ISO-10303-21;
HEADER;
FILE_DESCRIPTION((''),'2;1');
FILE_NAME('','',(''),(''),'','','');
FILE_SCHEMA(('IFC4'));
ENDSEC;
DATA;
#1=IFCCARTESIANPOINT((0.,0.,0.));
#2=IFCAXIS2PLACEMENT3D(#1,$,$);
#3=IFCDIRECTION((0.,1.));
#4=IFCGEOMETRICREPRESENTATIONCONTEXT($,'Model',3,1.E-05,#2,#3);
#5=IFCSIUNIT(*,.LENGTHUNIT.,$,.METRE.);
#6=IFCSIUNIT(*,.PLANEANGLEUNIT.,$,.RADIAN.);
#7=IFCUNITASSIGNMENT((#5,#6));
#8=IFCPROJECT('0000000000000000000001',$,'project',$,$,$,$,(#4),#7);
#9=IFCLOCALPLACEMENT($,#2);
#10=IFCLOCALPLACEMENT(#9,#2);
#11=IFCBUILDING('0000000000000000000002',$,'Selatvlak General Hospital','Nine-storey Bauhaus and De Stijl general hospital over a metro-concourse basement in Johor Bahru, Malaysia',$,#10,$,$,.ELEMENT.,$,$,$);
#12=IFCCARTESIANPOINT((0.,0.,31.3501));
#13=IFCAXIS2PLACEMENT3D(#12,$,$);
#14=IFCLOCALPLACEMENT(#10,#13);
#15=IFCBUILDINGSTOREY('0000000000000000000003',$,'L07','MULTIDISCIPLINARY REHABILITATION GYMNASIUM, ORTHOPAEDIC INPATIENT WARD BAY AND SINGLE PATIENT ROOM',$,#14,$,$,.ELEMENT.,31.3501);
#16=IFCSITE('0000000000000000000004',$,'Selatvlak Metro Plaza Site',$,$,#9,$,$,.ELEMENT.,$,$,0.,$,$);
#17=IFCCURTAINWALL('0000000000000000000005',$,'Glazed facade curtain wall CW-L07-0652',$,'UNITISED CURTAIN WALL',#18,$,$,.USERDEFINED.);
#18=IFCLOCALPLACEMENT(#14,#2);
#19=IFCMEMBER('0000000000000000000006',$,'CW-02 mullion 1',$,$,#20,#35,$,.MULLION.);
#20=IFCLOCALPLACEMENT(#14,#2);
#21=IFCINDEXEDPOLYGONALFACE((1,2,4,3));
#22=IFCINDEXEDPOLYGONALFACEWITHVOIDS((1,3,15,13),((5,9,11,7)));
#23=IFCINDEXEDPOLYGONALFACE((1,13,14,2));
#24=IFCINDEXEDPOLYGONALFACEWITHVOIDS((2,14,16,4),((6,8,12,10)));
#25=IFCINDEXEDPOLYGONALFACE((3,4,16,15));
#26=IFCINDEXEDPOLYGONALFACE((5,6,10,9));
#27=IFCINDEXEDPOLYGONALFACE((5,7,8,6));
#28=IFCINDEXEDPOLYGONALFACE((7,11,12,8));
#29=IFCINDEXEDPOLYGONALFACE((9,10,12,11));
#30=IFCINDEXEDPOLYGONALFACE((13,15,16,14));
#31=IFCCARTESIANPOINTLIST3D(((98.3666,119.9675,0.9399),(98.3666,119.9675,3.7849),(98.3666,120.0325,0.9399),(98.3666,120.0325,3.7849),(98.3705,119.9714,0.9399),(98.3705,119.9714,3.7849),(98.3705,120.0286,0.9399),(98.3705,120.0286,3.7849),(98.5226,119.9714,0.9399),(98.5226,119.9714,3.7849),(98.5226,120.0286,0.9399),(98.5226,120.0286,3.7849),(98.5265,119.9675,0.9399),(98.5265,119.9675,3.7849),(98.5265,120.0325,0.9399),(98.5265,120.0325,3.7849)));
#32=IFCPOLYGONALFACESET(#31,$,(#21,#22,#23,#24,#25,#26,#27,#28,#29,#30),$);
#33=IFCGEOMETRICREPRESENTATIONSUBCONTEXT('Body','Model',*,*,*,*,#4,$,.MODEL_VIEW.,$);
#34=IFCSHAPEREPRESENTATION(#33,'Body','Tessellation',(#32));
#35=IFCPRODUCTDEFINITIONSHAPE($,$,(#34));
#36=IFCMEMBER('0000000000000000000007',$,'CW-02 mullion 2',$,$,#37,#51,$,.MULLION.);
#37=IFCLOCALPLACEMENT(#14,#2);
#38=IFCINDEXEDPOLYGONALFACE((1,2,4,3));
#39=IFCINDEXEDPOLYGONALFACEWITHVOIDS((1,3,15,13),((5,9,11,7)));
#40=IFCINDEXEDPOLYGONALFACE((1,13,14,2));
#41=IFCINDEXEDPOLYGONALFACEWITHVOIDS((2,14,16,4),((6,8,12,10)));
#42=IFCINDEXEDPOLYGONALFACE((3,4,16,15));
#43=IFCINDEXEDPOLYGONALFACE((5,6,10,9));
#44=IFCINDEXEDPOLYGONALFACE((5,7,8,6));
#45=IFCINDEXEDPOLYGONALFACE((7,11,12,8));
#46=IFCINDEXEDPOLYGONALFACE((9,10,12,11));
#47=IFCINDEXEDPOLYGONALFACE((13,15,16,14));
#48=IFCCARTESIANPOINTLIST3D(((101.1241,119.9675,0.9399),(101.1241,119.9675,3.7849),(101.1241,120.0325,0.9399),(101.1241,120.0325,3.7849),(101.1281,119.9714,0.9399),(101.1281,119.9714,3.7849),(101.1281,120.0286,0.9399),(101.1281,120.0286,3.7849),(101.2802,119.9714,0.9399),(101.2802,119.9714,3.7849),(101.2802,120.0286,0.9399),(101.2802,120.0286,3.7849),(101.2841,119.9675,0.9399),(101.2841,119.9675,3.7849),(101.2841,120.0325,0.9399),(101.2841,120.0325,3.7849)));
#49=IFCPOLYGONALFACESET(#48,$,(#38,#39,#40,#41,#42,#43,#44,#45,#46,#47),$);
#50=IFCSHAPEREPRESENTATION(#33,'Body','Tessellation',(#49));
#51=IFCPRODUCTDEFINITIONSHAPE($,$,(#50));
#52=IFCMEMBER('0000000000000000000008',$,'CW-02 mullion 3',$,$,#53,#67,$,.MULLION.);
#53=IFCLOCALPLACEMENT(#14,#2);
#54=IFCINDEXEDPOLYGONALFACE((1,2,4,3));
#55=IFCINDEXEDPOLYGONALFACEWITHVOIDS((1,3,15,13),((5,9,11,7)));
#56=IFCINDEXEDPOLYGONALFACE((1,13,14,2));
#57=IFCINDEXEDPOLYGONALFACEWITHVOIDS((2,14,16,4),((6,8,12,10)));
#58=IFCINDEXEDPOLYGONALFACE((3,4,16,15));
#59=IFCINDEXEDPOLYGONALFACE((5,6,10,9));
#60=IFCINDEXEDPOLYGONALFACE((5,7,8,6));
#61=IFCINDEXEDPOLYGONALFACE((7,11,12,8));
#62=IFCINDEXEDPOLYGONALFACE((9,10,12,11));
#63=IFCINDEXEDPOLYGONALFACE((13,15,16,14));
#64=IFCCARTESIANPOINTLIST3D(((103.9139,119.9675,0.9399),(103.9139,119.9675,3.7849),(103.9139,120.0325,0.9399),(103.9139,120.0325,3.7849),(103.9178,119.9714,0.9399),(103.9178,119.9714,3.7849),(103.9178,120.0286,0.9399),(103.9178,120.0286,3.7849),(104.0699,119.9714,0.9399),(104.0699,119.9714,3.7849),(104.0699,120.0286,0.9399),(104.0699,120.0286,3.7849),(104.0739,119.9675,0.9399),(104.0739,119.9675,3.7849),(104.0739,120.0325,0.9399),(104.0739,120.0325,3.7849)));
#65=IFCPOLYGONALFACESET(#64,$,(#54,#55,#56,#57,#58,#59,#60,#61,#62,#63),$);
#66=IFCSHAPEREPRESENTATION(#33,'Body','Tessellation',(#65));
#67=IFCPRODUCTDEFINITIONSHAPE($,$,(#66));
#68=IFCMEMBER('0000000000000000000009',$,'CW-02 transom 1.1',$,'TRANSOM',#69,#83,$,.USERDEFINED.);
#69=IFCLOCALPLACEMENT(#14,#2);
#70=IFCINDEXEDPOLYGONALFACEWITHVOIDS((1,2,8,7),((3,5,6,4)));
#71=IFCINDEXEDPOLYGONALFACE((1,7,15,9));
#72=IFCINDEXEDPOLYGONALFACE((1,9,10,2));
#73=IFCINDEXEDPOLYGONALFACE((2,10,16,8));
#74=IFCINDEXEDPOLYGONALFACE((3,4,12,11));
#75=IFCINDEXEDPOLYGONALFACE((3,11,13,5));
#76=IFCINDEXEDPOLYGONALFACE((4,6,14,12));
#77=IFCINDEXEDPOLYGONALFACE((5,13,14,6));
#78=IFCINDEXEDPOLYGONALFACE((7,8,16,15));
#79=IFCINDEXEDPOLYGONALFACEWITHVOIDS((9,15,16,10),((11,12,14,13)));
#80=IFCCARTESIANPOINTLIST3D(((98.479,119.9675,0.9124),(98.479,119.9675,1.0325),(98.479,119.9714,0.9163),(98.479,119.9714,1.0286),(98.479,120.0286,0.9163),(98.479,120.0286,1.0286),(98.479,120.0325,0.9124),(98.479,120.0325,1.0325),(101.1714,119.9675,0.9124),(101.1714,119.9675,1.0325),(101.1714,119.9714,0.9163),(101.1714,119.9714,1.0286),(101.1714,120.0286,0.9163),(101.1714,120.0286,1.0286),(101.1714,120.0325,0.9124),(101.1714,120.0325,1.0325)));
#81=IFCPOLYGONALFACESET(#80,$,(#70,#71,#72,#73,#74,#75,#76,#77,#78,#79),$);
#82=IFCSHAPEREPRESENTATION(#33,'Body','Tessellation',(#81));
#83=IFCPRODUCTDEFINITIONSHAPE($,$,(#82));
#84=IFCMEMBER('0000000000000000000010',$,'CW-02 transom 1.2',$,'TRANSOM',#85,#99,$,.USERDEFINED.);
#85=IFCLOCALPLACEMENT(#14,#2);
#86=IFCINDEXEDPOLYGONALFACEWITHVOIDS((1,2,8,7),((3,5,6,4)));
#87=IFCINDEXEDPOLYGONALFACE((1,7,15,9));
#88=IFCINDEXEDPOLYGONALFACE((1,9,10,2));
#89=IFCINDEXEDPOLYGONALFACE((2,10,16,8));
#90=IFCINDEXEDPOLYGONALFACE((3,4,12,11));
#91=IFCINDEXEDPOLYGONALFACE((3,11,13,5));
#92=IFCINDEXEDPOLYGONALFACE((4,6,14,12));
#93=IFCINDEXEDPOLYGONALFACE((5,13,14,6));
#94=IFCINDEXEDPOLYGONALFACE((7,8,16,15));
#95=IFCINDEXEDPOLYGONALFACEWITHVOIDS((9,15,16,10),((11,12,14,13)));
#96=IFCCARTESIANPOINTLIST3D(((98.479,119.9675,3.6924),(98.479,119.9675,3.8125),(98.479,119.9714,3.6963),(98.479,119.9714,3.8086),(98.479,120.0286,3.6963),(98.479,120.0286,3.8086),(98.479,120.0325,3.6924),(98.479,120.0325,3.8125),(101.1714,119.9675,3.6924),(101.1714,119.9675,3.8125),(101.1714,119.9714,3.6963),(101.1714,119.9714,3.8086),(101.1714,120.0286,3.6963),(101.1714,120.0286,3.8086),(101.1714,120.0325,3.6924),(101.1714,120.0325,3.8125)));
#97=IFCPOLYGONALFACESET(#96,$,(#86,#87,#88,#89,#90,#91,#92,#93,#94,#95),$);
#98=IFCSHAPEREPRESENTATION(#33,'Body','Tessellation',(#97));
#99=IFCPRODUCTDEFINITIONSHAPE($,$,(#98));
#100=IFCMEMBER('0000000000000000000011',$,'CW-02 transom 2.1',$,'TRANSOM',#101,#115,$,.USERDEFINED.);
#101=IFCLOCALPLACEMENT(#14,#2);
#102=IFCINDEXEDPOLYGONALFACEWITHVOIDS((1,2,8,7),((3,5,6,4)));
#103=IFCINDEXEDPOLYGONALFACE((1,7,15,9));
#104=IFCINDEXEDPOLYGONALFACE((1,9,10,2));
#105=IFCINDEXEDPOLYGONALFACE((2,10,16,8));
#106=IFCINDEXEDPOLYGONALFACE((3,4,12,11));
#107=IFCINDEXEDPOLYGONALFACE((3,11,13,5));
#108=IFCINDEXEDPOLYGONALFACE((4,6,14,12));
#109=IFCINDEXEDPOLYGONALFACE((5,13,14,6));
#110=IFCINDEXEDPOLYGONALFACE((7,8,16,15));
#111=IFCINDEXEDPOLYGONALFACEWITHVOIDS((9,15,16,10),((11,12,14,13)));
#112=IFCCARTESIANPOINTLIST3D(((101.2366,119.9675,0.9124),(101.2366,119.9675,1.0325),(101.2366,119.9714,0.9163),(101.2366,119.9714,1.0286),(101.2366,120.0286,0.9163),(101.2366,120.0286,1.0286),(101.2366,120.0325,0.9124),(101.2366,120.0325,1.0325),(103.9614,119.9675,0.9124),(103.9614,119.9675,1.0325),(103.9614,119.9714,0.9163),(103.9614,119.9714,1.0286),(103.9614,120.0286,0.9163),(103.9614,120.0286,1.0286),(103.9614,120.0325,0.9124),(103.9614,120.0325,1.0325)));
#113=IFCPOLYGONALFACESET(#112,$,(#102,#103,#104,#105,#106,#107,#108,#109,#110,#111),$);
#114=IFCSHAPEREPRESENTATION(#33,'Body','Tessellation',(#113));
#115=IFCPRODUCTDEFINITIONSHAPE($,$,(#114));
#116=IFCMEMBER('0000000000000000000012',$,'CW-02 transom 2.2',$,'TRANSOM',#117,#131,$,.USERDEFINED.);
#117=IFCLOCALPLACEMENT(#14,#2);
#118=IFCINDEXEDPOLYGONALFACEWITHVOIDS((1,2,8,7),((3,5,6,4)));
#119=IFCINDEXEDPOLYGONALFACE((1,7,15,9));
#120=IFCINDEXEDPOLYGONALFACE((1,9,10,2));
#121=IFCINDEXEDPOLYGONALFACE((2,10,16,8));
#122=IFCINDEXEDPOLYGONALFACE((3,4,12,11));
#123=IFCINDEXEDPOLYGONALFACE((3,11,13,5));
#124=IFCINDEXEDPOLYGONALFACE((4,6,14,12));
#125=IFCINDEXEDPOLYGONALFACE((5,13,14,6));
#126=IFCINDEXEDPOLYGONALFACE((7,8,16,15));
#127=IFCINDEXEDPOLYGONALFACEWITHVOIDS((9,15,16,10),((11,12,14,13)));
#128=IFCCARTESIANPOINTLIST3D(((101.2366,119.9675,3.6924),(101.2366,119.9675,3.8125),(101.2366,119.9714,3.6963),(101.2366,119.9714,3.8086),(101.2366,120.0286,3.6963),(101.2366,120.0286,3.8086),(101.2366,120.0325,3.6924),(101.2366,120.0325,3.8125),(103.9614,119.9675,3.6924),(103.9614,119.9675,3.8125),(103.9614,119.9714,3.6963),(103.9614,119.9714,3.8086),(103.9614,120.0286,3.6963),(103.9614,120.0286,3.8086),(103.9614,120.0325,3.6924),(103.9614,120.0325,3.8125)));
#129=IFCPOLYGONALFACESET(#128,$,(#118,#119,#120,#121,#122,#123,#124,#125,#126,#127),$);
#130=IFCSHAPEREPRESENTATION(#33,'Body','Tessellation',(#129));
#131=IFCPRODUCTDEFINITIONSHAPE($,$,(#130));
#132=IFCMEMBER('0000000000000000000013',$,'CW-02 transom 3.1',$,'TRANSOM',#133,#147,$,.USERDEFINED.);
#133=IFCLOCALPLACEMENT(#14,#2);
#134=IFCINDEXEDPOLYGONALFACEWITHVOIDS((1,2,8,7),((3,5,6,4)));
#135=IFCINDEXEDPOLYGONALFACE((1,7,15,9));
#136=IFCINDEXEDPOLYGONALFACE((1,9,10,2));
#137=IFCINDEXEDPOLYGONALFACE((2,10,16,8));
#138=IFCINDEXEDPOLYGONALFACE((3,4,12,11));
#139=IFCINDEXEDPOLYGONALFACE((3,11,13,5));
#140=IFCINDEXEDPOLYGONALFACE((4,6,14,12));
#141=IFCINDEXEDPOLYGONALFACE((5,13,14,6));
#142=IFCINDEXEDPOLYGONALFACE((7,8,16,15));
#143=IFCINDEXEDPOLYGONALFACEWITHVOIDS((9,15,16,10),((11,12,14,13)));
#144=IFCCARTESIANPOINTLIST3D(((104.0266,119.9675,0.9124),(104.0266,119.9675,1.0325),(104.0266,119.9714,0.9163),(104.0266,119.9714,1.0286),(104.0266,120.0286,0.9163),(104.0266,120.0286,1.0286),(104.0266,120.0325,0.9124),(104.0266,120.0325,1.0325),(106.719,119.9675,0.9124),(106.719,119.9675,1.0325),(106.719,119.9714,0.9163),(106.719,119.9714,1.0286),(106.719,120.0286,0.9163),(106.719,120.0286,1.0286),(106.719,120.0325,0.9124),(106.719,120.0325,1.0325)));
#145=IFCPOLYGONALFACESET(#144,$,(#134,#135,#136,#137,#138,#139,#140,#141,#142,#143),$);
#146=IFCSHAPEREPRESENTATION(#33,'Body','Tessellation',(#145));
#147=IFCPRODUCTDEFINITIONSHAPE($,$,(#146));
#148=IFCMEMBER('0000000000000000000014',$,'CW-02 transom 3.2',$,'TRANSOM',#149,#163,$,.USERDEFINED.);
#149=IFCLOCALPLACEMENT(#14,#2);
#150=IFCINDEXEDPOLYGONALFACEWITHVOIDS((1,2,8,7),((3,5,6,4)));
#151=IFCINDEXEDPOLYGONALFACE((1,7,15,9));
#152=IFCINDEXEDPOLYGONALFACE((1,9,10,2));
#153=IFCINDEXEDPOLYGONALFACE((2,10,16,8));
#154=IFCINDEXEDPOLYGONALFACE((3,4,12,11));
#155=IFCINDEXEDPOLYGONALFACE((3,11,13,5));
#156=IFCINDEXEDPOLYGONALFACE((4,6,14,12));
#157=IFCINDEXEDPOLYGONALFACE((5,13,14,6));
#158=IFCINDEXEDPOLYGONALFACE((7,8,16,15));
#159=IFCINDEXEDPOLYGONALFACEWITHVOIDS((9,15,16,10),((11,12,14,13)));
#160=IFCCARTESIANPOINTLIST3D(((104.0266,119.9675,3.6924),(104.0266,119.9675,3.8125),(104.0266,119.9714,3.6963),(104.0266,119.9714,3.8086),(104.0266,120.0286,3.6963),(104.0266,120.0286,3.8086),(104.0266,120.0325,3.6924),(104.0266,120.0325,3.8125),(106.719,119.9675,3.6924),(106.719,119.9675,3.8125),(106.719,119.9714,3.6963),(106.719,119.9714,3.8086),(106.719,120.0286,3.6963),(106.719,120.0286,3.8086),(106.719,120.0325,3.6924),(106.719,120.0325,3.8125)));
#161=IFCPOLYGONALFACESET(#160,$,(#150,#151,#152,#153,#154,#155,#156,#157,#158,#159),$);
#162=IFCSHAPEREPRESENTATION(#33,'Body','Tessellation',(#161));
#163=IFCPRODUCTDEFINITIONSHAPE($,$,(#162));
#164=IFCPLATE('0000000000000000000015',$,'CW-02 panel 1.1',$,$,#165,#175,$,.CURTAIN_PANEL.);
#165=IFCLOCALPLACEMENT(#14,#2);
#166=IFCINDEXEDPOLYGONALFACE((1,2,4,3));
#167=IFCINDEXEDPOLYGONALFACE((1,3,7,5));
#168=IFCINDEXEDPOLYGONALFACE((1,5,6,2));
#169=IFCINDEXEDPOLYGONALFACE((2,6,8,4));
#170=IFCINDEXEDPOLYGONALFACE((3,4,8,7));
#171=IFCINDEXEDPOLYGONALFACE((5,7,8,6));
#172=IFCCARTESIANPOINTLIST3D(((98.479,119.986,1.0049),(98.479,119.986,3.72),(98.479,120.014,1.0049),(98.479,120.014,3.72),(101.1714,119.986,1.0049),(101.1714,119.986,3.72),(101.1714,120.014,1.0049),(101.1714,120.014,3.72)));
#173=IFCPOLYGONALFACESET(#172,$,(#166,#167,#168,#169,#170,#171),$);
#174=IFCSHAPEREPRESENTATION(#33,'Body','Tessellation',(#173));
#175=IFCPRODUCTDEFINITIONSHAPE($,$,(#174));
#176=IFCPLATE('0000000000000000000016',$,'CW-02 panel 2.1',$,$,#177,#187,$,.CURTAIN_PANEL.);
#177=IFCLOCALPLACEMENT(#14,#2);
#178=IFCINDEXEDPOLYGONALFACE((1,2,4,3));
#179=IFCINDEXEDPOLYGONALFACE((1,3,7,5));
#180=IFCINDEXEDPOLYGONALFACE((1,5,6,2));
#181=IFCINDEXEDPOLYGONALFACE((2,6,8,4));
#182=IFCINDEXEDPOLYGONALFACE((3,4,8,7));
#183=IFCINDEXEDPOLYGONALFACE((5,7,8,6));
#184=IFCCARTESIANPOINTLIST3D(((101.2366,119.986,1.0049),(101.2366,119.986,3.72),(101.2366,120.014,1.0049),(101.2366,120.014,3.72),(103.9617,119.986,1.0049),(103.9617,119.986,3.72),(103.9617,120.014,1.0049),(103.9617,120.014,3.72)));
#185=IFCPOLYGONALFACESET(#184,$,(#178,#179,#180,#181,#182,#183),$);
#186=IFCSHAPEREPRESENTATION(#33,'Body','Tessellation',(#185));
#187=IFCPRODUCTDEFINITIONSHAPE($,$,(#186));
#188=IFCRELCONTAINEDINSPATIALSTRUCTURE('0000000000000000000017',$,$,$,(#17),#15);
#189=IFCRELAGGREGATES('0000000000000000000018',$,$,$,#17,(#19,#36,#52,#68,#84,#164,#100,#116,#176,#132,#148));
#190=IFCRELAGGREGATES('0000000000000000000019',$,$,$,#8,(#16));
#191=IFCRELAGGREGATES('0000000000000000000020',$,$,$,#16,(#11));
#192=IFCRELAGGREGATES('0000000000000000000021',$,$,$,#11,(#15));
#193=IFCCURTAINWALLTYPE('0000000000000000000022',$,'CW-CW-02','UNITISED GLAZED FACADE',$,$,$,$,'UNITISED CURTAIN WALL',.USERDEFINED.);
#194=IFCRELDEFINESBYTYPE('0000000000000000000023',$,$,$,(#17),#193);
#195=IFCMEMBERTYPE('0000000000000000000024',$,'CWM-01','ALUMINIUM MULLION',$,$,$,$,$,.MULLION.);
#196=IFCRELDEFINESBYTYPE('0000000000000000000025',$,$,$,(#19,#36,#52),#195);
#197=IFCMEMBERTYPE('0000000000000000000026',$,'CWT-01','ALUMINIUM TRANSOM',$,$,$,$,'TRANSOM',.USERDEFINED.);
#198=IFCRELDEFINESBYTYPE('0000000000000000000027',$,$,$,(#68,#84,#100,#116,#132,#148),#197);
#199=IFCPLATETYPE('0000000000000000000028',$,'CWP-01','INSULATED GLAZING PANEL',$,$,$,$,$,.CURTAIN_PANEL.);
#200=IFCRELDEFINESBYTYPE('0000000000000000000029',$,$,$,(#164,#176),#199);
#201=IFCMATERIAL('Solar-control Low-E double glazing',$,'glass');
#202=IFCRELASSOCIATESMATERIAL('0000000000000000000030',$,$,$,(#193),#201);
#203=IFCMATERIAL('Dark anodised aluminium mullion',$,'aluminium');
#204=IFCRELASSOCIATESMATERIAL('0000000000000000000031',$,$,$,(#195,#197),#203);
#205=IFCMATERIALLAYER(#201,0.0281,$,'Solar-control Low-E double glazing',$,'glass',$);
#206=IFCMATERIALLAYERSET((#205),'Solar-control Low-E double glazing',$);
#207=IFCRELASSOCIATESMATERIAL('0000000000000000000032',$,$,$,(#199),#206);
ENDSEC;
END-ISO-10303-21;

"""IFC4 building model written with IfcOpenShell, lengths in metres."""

from ifc_helpers import new_model, si_unit, direction, frame, origin, origin_2d, place, context, subcontext, project, spatial, rectangle, hollow_rectangle, extrude, material, layer, layer_set, material_profile, profile_set, type_object, element, aggregate, save


model = new_model("IFC4")

# Units and contexts
model_context = context("Model", 3, precision=1e-05, world=origin(), true_north=direction((0.0, 1.0)))
body_context = subcontext(model_context, "Body", "Model", "MODEL_VIEW")
ifc_project = project(units=[si_unit("LENGTHUNIT", "METRE"), si_unit("PLANEANGLEUNIT", "RADIAN")], contexts=[model_context])

# Site, building, storey
site_placement = place(None, origin())
site = spatial("IfcSite", under=ifc_project, at=site_placement, Name="Selatvlak Metro Plaza Site", CompositionType="ELEMENT", RefElevation=0.0)
building_placement = place(site_placement, origin())
building = spatial("IfcBuilding", under=site, at=building_placement, Name="Selatvlak General Hospital", Description="Nine-storey Bauhaus and De Stijl general hospital over a metro-concourse basement in Johor Bahru, Malaysia", CompositionType="ELEMENT")
storey_placement = place(building_placement, frame((0.0, 0.0, 31.3501)))
storey = spatial("IfcBuildingStorey", under=building, at=storey_placement, Name="L07", Description="MULTIDISCIPLINARY REHABILITATION GYMNASIUM, ORTHOPAEDIC INPATIENT WARD BAY AND SINGLE PATIENT ROOM", CompositionType="ELEMENT", Elevation=31.3501)

# Curtain wall, members, plates
ifc_material_1 = material(Name="Solar-control Low-E double glazing", Category="glass")
curtain_wall_type = type_object("IfcCurtainWallType", Name="CW-CW-02", Description="UNITISED GLAZED FACADE", ElementType="UNITISED CURTAIN WALL", PredefinedType="USERDEFINED", material=ifc_material_1)
curtain_wall_placement = place(storey_placement, origin())
curtain_wall = element("IfcCurtainWall", 1, at=curtain_wall_placement, inside=storey, type_object=curtain_wall_type, Name="Glazed facade curtain wall CW-L07-0652", ObjectType="UNITISED CURTAIN WALL", PredefinedType="USERDEFINED")
ifc_material_2 = material(Name="Dark anodised aluminium mullion", Category="aluminium")
ifc_material_profile_1 = material_profile(ifc_material_2, hollow_rectangle(XDim=0.0649, YDim=0.1599, WallThickness=0.0039, at=origin_2d()), Name="AL-MUL 65x160x4")
ifc_profile_set_1 = profile_set([ifc_material_profile_1], Name="Dark anodised aluminium mullion")
member_type_1 = type_object("IfcMemberType", Name="CWM-01", Description="ALUMINIUM MULLION", PredefinedType="MULLION", material=ifc_profile_set_1)
member_1_placement = place(storey_placement, frame((98.4465, 120.0, 0.9399), z_axis=(0.0, 0.0, 1.0), x_axis=(0.0, 1.0, 0.0)))
member_1 = element("IfcMember", 2, at=member_1_placement, type_object=member_type_1, Name="CW-02 mullion 1", PredefinedType="MULLION", context=body_context, shape_type="SweptSolid", body=[
    extrude(hollow_rectangle(XDim=0.0649, YDim=0.1599, WallThickness=0.0039, at=origin_2d()), origin(), (0.0, 0.0, 1.0), 2.845),
])
member_2_placement = place(storey_placement, frame((101.2041, 120.0, 0.9399), z_axis=(0.0, 0.0, 1.0), x_axis=(0.0, 1.0, 0.0)))
member_2 = element("IfcMember", 3, at=member_2_placement, type_object=member_type_1, Name="CW-02 mullion 2", PredefinedType="MULLION", context=body_context, shape_type="SweptSolid", body=[
    extrude(hollow_rectangle(XDim=0.0649, YDim=0.1599, WallThickness=0.0039, at=origin_2d()), origin(), (0.0, 0.0, 1.0), 2.845),
])
member_3_placement = place(storey_placement, frame((103.9939, 120.0, 0.9399), z_axis=(0.0, 0.0, 1.0), x_axis=(0.0, 1.0, 0.0)))
member_3 = element("IfcMember", 4, at=member_3_placement, type_object=member_type_1, Name="CW-02 mullion 3", PredefinedType="MULLION", context=body_context, shape_type="SweptSolid", body=[
    extrude(hollow_rectangle(XDim=0.0649, YDim=0.1599, WallThickness=0.0039, at=origin_2d()), origin(), (0.0, 0.0, 1.0), 2.845),
])
ifc_material_profile_2 = material_profile(ifc_material_2, hollow_rectangle(XDim=0.0649, YDim=0.1201, WallThickness=0.0039, at=origin_2d()), Name="AL-TRN 65x120x4")
ifc_profile_set_2 = profile_set([ifc_material_profile_2], Name="Dark anodised aluminium mullion")
member_type_2 = type_object("IfcMemberType", Name="CWT-01", Description="ALUMINIUM TRANSOM", ElementType="TRANSOM", PredefinedType="USERDEFINED", material=ifc_profile_set_2)
member_4_placement = place(storey_placement, frame((98.479, 120.0, 0.9724), z_axis=(1.0, 0.0, 0.0), x_axis=(0.0, 1.0, 0.0)))
member_4 = element("IfcMember", 5, at=member_4_placement, type_object=member_type_2, Name="CW-02 transom 1.1", ObjectType="TRANSOM", PredefinedType="USERDEFINED", context=body_context, shape_type="SweptSolid", body=[
    extrude(hollow_rectangle(XDim=0.0649, YDim=0.1201, WallThickness=0.0039, at=origin_2d()), origin(), (0.0, 0.0, 1.0), 2.6924),
])
member_5_placement = place(storey_placement, frame((98.479, 120.0, 3.7524), z_axis=(1.0, 0.0, 0.0), x_axis=(0.0, 1.0, 0.0)))
member_5 = element("IfcMember", 6, at=member_5_placement, type_object=member_type_2, Name="CW-02 transom 1.2", ObjectType="TRANSOM", PredefinedType="USERDEFINED", context=body_context, shape_type="SweptSolid", body=[
    extrude(hollow_rectangle(XDim=0.0649, YDim=0.1201, WallThickness=0.0039, at=origin_2d()), origin(), (0.0, 0.0, 1.0), 2.6924),
])
member_6_placement = place(storey_placement, frame((101.2366, 120.0, 0.9724), z_axis=(1.0, 0.0, 0.0), x_axis=(0.0, 1.0, 0.0)))
member_6 = element("IfcMember", 7, at=member_6_placement, type_object=member_type_2, Name="CW-02 transom 2.1", ObjectType="TRANSOM", PredefinedType="USERDEFINED", context=body_context, shape_type="SweptSolid", body=[
    extrude(hollow_rectangle(XDim=0.0649, YDim=0.1201, WallThickness=0.0039, at=origin_2d()), origin(), (0.0, 0.0, 1.0), 2.7249),
])
member_7_placement = place(storey_placement, frame((101.2366, 120.0, 3.7524), z_axis=(1.0, 0.0, 0.0), x_axis=(0.0, 1.0, 0.0)))
member_7 = element("IfcMember", 8, at=member_7_placement, type_object=member_type_2, Name="CW-02 transom 2.2", ObjectType="TRANSOM", PredefinedType="USERDEFINED", context=body_context, shape_type="SweptSolid", body=[
    extrude(hollow_rectangle(XDim=0.0649, YDim=0.1201, WallThickness=0.0039, at=origin_2d()), origin(), (0.0, 0.0, 1.0), 2.7249),
])
member_8_placement = place(storey_placement, frame((104.0266, 120.0, 0.9724), z_axis=(1.0, 0.0, 0.0), x_axis=(0.0, 1.0, 0.0)))
member_8 = element("IfcMember", 9, at=member_8_placement, type_object=member_type_2, Name="CW-02 transom 3.1", ObjectType="TRANSOM", PredefinedType="USERDEFINED", context=body_context, shape_type="SweptSolid", body=[
    extrude(hollow_rectangle(XDim=0.0649, YDim=0.1201, WallThickness=0.0039, at=origin_2d()), origin(), (0.0, 0.0, 1.0), 2.6924),
])
member_9_placement = place(storey_placement, frame((104.0266, 120.0, 3.7524), z_axis=(1.0, 0.0, 0.0), x_axis=(0.0, 1.0, 0.0)))
member_9 = element("IfcMember", 10, at=member_9_placement, type_object=member_type_2, Name="CW-02 transom 3.2", ObjectType="TRANSOM", PredefinedType="USERDEFINED", context=body_context, shape_type="SweptSolid", body=[
    extrude(hollow_rectangle(XDim=0.0649, YDim=0.1201, WallThickness=0.0039, at=origin_2d()), origin(), (0.0, 0.0, 1.0), 2.6924),
])
ifc_layer_1 = layer(ifc_material_1, 0.0281, Name="Solar-control Low-E double glazing", Category="glass")
ifc_layer_set_1 = layer_set([ifc_layer_1], Name="Solar-control Low-E double glazing")
plate_type = type_object("IfcPlateType", Name="CWP-01", Description="INSULATED GLAZING PANEL", PredefinedType="CURTAIN_PANEL", material=ifc_layer_set_1)
plate_1_placement = place(storey_placement, frame((99.8252, 120.0, 1.0049), z_axis=(0.0, 0.0, 1.0), x_axis=(1.0, 0.0, 0.0)))
plate_1 = element("IfcPlate", 11, at=plate_1_placement, type_object=plate_type, Name="CW-02 panel 1.1", PredefinedType="CURTAIN_PANEL", context=body_context, shape_type="SweptSolid", body=[
    extrude(rectangle(XDim=2.6924, YDim=0.0281, at=origin_2d()), origin(), (0.0, 0.0, 1.0), 2.7151),
])
plate_2_placement = place(storey_placement, frame((102.5991, 120.0, 1.0049), z_axis=(0.0, 0.0, 1.0), x_axis=(1.0, 0.0, 0.0)))
plate_2 = element("IfcPlate", 12, at=plate_2_placement, type_object=plate_type, Name="CW-02 panel 2.1", PredefinedType="CURTAIN_PANEL", context=body_context, shape_type="SweptSolid", body=[
    extrude(rectangle(XDim=2.7251, YDim=0.0281, at=origin_2d()), origin(), (0.0, 0.0, 1.0), 2.7151),
])
aggregate(curtain_wall, [member_1, member_2, member_3, member_4, member_5, plate_1, member_6, member_7, plate_2, member_8, member_9])

save(model, "model.ifc")
